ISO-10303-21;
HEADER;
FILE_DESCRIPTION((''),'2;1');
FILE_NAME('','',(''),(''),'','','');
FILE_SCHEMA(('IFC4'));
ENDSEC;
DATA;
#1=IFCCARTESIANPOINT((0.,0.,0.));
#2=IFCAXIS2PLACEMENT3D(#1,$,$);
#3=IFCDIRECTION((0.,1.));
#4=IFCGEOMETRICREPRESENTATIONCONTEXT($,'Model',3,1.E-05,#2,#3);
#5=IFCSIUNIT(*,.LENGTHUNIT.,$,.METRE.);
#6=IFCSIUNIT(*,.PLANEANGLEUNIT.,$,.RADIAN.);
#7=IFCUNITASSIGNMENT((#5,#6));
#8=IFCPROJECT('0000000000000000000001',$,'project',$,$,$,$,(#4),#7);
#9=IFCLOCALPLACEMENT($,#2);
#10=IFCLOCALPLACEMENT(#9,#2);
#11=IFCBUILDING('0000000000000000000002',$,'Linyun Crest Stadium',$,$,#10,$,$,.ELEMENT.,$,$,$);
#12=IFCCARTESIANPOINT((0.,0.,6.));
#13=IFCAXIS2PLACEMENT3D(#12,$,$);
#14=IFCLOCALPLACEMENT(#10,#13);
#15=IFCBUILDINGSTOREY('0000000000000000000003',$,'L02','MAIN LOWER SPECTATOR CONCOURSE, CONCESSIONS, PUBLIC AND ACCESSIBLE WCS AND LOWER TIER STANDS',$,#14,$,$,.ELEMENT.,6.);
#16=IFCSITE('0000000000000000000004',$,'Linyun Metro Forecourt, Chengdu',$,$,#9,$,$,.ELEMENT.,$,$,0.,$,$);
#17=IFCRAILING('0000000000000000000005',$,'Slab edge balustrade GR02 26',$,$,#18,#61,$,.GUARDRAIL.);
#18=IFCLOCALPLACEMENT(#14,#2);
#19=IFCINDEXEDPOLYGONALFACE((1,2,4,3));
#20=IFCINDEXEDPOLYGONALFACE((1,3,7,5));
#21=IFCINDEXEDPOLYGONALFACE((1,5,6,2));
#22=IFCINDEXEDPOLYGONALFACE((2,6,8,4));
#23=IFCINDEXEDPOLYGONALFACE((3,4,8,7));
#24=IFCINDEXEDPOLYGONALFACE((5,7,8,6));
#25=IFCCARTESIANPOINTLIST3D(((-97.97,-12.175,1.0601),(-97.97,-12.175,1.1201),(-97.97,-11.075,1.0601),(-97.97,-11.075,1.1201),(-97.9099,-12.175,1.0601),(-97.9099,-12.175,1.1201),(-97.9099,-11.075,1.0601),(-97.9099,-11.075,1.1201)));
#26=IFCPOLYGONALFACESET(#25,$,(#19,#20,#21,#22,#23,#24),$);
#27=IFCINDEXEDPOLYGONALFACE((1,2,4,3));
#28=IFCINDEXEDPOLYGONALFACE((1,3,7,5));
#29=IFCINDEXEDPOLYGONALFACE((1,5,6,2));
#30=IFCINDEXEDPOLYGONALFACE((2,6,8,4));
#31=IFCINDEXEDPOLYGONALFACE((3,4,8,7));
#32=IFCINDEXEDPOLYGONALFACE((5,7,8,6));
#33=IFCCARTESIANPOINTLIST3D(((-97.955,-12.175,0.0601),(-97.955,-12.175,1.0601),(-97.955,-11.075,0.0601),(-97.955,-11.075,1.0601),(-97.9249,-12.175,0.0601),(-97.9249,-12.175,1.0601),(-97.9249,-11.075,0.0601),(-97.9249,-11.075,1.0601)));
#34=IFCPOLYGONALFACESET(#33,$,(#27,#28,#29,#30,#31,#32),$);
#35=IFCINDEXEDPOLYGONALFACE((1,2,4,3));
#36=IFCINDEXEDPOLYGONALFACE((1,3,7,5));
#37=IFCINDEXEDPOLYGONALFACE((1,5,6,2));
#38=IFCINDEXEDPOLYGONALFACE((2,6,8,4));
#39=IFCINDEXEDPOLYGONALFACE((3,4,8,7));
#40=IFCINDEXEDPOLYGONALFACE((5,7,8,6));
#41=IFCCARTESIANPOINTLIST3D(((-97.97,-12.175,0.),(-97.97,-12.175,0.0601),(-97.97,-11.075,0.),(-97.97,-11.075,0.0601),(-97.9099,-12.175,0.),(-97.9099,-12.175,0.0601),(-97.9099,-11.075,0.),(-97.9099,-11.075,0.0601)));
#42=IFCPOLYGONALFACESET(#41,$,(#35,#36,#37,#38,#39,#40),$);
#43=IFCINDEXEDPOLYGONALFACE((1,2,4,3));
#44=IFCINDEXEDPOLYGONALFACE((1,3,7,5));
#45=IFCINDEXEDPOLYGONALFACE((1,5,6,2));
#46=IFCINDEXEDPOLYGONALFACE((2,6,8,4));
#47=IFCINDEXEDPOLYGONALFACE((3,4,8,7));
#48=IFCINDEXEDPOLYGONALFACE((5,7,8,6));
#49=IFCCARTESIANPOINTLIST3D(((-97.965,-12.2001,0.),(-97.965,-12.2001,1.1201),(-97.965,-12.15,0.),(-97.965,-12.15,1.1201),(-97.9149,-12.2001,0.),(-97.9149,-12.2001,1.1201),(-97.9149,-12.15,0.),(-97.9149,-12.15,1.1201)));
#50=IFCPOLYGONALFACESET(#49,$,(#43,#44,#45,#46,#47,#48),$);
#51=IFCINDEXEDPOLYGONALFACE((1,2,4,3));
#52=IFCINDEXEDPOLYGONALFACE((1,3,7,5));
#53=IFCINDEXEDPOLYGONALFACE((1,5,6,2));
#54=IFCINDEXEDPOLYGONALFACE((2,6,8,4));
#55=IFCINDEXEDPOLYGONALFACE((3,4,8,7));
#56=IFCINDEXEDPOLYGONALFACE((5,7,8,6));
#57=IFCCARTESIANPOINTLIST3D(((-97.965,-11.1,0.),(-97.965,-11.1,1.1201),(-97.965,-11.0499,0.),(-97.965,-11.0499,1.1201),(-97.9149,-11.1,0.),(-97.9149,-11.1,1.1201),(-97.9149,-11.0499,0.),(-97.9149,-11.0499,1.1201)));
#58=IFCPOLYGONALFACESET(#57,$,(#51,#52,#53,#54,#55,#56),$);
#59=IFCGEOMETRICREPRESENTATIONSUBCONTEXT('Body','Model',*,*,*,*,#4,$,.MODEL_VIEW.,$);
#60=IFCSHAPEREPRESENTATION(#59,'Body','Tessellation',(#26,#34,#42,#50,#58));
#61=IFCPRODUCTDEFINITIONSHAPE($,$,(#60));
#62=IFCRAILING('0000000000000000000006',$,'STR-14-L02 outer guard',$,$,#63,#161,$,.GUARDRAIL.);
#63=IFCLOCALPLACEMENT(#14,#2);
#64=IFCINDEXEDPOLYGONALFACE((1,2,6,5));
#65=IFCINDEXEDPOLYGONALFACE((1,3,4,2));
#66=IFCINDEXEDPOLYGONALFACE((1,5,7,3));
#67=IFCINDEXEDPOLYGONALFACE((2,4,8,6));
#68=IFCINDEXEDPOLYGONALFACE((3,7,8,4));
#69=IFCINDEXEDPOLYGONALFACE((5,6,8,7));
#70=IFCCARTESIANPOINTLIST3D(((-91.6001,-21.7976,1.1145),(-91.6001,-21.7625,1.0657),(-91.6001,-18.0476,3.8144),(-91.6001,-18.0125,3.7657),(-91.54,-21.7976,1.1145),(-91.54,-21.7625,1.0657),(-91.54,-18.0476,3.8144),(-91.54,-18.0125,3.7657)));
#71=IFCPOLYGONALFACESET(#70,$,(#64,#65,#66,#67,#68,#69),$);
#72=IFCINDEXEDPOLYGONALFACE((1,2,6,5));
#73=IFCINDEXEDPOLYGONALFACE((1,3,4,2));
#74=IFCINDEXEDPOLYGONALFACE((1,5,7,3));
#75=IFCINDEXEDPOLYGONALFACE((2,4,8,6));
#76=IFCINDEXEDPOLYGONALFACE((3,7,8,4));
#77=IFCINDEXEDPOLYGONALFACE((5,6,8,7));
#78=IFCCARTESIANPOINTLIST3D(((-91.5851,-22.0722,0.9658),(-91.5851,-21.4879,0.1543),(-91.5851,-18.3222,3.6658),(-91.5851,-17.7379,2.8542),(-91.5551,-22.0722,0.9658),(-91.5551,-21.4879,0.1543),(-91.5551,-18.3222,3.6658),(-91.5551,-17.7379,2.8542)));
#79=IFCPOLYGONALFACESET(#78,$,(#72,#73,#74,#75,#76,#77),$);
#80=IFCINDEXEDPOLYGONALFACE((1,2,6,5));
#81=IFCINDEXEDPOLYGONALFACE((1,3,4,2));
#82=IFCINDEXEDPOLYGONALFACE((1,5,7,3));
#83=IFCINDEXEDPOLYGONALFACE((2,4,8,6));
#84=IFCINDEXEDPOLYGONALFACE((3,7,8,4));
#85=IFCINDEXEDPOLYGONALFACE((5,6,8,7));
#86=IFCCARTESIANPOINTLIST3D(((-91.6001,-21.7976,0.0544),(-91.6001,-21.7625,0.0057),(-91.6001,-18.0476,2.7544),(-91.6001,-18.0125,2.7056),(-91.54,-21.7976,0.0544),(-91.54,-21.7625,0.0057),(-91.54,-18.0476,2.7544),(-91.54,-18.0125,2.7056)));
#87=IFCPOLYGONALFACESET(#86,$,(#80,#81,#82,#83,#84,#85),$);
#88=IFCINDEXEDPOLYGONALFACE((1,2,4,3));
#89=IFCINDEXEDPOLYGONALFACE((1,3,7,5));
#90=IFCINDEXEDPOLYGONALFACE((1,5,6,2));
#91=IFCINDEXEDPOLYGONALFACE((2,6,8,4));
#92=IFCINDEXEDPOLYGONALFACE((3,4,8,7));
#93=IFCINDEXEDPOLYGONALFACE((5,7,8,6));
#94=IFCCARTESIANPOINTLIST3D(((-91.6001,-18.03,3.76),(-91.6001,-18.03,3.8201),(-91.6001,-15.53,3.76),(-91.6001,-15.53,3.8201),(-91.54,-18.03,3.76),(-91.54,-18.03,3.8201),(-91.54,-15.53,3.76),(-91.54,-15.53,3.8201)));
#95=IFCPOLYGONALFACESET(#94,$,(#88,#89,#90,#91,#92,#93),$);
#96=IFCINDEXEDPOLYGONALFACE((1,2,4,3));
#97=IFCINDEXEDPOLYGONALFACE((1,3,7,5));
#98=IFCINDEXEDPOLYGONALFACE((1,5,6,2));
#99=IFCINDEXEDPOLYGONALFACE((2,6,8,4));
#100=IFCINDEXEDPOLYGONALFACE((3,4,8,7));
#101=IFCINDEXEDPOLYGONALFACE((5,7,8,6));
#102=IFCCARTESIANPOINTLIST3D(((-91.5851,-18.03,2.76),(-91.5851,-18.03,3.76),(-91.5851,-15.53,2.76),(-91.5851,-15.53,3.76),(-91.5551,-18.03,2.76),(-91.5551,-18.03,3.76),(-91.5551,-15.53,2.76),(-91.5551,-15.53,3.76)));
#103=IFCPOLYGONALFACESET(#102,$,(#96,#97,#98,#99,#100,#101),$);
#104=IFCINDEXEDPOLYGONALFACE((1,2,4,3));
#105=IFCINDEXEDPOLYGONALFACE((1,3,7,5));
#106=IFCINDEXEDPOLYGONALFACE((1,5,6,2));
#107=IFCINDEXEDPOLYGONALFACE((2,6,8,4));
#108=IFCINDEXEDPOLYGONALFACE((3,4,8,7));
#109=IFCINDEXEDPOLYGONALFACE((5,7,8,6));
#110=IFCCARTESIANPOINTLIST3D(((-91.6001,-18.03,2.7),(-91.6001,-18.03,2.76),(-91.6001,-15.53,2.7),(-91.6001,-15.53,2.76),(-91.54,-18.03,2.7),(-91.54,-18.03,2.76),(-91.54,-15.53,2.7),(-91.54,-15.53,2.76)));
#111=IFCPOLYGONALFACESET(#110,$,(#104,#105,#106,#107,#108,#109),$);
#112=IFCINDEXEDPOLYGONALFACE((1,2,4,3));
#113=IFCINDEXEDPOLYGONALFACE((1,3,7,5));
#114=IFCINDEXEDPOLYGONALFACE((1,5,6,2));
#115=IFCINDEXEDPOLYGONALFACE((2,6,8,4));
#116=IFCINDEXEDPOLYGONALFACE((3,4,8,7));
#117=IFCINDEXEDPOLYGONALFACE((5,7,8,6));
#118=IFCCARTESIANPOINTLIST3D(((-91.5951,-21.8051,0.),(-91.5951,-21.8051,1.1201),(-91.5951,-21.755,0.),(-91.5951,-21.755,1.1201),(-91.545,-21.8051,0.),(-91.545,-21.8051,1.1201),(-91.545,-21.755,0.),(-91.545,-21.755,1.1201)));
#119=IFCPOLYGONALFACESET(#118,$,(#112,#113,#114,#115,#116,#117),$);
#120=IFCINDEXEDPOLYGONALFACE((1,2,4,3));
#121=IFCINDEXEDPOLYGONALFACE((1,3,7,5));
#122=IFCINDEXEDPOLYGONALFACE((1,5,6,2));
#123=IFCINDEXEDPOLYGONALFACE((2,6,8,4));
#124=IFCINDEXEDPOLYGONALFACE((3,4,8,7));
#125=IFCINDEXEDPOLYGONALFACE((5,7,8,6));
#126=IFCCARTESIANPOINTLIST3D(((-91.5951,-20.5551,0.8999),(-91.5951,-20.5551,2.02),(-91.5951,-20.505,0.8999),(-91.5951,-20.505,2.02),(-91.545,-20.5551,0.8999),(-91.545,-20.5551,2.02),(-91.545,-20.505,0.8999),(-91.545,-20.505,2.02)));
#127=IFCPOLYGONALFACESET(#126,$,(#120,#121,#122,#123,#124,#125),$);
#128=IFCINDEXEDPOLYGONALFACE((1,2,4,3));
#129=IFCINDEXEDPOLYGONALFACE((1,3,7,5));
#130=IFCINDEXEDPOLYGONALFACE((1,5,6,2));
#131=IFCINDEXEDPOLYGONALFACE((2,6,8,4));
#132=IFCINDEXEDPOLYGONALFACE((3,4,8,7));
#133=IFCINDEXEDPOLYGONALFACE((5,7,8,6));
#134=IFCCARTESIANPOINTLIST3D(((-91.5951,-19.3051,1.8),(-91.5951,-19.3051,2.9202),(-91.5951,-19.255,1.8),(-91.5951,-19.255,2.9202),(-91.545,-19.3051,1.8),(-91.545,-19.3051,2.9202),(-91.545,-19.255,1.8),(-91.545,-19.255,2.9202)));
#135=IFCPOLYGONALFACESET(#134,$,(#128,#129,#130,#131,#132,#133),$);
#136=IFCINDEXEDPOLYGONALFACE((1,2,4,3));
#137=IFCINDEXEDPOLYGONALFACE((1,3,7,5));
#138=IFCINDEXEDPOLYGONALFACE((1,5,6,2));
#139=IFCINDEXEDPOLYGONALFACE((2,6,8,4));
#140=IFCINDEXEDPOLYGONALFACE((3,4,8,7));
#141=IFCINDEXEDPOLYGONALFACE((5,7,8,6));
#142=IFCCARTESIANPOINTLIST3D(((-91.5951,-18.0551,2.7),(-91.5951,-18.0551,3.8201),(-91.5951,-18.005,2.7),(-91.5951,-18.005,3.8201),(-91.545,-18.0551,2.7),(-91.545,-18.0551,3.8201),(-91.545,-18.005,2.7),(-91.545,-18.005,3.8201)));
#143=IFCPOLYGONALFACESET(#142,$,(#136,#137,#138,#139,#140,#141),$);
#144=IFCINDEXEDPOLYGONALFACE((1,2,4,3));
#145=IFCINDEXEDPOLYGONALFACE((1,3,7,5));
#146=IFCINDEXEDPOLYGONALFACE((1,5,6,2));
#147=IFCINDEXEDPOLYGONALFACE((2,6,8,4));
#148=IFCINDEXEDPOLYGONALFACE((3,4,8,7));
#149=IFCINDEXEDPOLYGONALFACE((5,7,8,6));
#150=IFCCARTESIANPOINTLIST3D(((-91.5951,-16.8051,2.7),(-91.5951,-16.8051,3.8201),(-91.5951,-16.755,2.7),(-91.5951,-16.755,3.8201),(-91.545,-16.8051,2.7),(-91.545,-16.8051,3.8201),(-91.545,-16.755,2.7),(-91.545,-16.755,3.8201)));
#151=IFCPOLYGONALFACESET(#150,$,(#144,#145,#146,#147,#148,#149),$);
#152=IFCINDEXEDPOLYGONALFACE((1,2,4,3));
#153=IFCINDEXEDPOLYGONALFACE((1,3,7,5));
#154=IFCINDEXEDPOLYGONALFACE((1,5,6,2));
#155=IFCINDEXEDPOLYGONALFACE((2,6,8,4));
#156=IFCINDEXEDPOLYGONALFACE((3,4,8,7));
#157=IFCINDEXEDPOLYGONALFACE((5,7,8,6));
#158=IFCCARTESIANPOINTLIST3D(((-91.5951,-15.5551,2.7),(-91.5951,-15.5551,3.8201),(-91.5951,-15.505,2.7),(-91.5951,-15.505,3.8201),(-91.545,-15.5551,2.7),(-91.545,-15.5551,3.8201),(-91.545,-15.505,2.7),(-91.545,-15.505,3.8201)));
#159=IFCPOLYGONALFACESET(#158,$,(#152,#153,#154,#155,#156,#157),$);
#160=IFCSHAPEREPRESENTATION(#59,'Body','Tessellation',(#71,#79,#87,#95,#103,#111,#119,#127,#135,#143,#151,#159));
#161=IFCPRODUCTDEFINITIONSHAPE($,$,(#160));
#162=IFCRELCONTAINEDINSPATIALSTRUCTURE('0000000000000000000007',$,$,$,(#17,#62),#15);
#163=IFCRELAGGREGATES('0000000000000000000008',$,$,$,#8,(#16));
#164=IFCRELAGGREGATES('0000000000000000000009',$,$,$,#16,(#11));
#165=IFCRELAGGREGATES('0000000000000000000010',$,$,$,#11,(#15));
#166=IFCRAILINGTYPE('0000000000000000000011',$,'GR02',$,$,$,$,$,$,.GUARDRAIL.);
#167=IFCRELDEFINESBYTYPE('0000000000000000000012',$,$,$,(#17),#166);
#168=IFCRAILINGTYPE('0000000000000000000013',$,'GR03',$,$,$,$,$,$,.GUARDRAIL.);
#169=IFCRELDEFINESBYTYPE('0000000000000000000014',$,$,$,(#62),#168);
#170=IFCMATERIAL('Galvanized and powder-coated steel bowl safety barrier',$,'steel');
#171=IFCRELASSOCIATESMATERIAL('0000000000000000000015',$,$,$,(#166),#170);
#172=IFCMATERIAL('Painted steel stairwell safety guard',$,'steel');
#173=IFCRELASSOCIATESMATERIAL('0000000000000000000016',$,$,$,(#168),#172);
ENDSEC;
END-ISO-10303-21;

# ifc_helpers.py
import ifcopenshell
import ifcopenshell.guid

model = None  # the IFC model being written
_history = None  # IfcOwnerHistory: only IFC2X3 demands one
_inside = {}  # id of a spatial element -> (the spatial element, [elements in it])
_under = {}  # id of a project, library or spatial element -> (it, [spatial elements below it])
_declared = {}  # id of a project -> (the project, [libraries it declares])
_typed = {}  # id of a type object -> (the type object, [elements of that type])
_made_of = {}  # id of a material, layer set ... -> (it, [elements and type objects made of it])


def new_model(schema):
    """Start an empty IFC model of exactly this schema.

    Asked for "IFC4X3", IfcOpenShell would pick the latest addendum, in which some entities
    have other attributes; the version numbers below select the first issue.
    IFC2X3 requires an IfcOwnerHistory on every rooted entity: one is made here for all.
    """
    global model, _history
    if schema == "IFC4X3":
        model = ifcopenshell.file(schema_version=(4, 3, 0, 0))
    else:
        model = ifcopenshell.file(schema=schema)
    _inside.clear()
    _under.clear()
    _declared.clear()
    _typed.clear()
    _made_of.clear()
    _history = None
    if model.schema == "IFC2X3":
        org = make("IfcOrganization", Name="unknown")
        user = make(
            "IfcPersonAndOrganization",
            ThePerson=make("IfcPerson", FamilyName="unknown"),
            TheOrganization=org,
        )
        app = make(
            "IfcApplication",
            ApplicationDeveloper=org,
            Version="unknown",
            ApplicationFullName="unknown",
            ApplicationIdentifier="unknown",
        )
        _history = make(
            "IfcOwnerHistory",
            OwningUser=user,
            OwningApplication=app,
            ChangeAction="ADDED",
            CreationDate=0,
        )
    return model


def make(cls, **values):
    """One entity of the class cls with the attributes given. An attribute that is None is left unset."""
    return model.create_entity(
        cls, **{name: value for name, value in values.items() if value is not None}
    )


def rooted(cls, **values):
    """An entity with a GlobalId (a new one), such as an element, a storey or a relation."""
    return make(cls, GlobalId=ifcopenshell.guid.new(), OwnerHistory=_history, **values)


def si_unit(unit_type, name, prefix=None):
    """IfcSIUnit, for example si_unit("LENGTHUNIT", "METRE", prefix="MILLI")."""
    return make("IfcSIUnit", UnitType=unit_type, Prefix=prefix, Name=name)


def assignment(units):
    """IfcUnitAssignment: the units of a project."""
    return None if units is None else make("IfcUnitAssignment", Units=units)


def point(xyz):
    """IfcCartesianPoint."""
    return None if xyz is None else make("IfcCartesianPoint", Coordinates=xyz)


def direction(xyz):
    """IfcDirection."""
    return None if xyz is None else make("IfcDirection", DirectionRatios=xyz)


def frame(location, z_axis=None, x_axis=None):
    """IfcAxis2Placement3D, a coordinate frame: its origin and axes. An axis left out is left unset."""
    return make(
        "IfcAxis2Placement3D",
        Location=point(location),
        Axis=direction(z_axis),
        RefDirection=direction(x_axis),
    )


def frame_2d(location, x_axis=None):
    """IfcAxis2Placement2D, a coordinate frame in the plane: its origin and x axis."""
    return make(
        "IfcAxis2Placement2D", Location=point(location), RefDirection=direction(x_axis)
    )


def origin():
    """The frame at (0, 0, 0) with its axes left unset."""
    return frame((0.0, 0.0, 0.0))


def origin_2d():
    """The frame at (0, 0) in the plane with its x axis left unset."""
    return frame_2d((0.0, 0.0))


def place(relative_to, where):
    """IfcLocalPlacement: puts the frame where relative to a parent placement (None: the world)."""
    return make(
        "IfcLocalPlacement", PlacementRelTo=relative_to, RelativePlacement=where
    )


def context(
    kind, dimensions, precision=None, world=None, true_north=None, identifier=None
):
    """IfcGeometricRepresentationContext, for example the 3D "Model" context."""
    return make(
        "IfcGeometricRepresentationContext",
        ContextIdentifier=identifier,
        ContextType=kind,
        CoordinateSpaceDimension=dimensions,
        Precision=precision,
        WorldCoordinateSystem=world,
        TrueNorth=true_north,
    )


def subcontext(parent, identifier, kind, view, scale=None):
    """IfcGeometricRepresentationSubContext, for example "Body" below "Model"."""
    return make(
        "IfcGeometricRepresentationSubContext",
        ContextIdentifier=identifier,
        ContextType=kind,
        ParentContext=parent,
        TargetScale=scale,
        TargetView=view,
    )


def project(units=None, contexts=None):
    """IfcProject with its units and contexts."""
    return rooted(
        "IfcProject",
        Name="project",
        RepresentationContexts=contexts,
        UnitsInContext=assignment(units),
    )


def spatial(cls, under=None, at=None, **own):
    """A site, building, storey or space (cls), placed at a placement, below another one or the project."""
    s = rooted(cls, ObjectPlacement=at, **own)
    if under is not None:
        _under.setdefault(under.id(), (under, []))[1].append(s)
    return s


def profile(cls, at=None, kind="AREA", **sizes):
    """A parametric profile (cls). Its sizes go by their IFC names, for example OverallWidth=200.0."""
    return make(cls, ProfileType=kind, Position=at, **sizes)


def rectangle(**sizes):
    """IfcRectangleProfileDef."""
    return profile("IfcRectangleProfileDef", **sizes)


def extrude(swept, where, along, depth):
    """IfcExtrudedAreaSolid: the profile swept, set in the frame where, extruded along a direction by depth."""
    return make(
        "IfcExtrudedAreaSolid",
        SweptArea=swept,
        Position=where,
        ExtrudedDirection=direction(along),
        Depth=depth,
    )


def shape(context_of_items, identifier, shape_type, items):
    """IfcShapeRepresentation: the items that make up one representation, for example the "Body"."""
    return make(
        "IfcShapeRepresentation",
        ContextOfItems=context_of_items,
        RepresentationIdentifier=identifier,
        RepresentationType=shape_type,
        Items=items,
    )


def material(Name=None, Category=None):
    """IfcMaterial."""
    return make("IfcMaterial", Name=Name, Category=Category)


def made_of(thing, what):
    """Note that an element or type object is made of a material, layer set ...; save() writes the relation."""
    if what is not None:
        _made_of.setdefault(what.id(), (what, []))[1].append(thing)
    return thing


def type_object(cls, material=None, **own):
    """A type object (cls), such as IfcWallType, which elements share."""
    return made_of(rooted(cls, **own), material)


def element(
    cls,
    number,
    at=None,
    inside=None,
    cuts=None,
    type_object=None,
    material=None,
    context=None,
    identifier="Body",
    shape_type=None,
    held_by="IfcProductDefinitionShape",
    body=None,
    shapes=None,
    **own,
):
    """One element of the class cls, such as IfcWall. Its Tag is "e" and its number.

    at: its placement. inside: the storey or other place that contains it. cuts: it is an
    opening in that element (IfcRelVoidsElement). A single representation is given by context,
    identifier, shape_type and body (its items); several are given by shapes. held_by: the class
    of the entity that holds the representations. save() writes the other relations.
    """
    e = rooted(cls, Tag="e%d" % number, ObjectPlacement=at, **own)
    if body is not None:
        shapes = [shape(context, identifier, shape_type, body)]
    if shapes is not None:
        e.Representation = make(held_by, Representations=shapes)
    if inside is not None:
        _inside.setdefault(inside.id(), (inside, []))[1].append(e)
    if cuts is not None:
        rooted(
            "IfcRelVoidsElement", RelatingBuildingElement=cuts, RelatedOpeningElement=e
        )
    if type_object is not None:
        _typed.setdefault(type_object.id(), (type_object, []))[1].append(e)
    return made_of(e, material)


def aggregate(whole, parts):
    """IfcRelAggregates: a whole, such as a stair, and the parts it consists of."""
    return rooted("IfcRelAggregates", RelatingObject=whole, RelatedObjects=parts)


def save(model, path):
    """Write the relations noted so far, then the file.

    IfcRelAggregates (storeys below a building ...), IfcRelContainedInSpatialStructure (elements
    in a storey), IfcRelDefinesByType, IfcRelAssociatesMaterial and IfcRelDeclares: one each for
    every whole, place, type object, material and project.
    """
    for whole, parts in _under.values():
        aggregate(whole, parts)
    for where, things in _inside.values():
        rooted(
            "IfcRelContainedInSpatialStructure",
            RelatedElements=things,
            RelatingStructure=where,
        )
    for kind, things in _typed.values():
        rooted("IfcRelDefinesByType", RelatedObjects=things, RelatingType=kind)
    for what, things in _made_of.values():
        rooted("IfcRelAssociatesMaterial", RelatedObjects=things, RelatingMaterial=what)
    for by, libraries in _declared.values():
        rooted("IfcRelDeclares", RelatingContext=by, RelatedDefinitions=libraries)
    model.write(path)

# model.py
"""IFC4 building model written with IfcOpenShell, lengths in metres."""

from ifc_helpers import new_model, si_unit, direction, frame, origin, origin_2d, place, context, subcontext, project, spatial, rectangle, extrude, material, type_object, element, save


model = new_model("IFC4")

# Units and contexts
model_context = context("Model", 3, precision=1e-05, world=origin(), true_north=direction((0.0, 1.0)))
body_context = subcontext(model_context, "Body", "Model", "MODEL_VIEW")
ifc_project = project(units=[si_unit("LENGTHUNIT", "METRE"), si_unit("PLANEANGLEUNIT", "RADIAN")], contexts=[model_context])

# Site, building, storey
site_placement = place(None, origin())
site = spatial("IfcSite", under=ifc_project, at=site_placement, Name="Linyun Metro Forecourt, Chengdu", CompositionType="ELEMENT", RefElevation=0.0)
building_placement = place(site_placement, origin())
building = spatial("IfcBuilding", under=site, at=building_placement, Name="Linyun Crest Stadium", CompositionType="ELEMENT")
storey_placement = place(building_placement, frame((0.0, 0.0, 6.0)))
storey = spatial("IfcBuildingStorey", under=building, at=storey_placement, Name="L02", Description="MAIN LOWER SPECTATOR CONCOURSE, CONCESSIONS, PUBLIC AND ACCESSIBLE WCS AND LOWER TIER STANDS", CompositionType="ELEMENT", Elevation=6.0)

# Railings
ifc_material_1 = material(Name="Galvanized and powder-coated steel bowl safety barrier", Category="steel")
railing_type_1 = type_object("IfcRailingType", Name="GR02", PredefinedType="GUARDRAIL", material=ifc_material_1)
railing_1_placement = place(storey_placement, frame((-97.9399, -12.175, 0.0)))
element("IfcRailing", 1, at=railing_1_placement, inside=storey, type_object=railing_type_1, Name="Slab edge balustrade GR02 26", PredefinedType="GUARDRAIL", context=body_context, shape_type="SweptSolid", body=[
    extrude(rectangle(XDim=0.0601, YDim=0.0601, at=origin_2d()), frame((0.0, 0.0, 1.0901), z_axis=(0.0, 1.0, 0.0), x_axis=(-1.0, 0.0, 0.0)), (0.0, 0.0, 1.0), 1.1001),
    extrude(rectangle(XDim=0.03, YDim=1.0, at=origin_2d()), frame((0.0, 0.0, 0.5601), z_axis=(0.0, 1.0, 0.0), x_axis=(-1.0, 0.0, 0.0)), (0.0, 0.0, 1.0), 1.1001),
    extrude(rectangle(XDim=0.0601, YDim=0.0601, at=origin_2d()), frame((0.0, 0.0, 0.03), z_axis=(0.0, 1.0, 0.0), x_axis=(-1.0, 0.0, 0.0)), (0.0, 0.0, 1.0), 1.1001),
    extrude(rectangle(XDim=0.05, YDim=0.05, at=origin_2d()), origin(), (0.0, 0.0, 1.0), 1.1201),
    extrude(rectangle(XDim=0.05, YDim=0.05, at=origin_2d()), frame((0.0, 1.1001, 0.0)), (0.0, 0.0, 1.0), 1.1201),
])
ifc_material_2 = material(Name="Painted steel stairwell safety guard", Category="steel")
railing_type_2 = type_object("IfcRailingType", Name="GR03", PredefinedType="GUARDRAIL", material=ifc_material_2)
railing_2_placement = place(storey_placement, frame((-91.5701, -21.78, 0.0)))
element("IfcRailing", 2, at=railing_2_placement, inside=storey, type_object=railing_type_2, Name="STR-14-L02 outer guard", PredefinedType="GUARDRAIL", context=body_context, shape_type="SweptSolid", body=[
    extrude(rectangle(XDim=0.0601, YDim=0.0601, at=origin_2d()), frame((0.0, 0.0, 1.0901), z_axis=(0.0, 0.811539, 0.584298), x_axis=(-1.0, 0.0, 0.0)), (0.0, 0.0, 1.0), 4.6208),
    extrude(rectangle(XDim=0.03, YDim=1.0, at=origin_2d()), frame((0.0, 0.0, 0.5601), z_axis=(0.0, 0.811539, 0.584298), x_axis=(-1.0, 0.0, 0.0)), (0.0, 0.0, 1.0), 4.6208),
    extrude(rectangle(XDim=0.0601, YDim=0.0601, at=origin_2d()), frame((0.0, 0.0, 0.03), z_axis=(0.0, 0.811539, 0.584298), x_axis=(-1.0, 0.0, 0.0)), (0.0, 0.0, 1.0), 4.6208),
    extrude(rectangle(XDim=0.0601, YDim=0.0601, at=origin_2d()), frame((0.0, 3.75, 3.79), z_axis=(0.0, 1.0, 0.0), x_axis=(-1.0, 0.0, 0.0)), (0.0, 0.0, 1.0), 2.5),
    extrude(rectangle(XDim=0.03, YDim=1.0, at=origin_2d()), frame((0.0, 3.75, 3.26), z_axis=(0.0, 1.0, 0.0), x_axis=(-1.0, 0.0, 0.0)), (0.0, 0.0, 1.0), 2.5),
    extrude(rectangle(XDim=0.0601, YDim=0.0601, at=origin_2d()), frame((0.0, 3.75, 2.73), z_axis=(0.0, 1.0, 0.0), x_axis=(-1.0, 0.0, 0.0)), (0.0, 0.0, 1.0), 2.5),
    extrude(rectangle(XDim=0.05, YDim=0.05, at=origin_2d()), origin(), (0.0, 0.0, 1.0), 1.1201),
    extrude(rectangle(XDim=0.05, YDim=0.05, at=origin_2d()), frame((0.0, 1.25, 0.8999)), (0.0, 0.0, 1.0), 1.1201),
    extrude(rectangle(XDim=0.05, YDim=0.05, at=origin_2d()), frame((0.0, 2.5, 1.8)), (0.0, 0.0, 1.0), 1.1201),
    extrude(rectangle(XDim=0.05, YDim=0.05, at=origin_2d()), frame((0.0, 3.75, 2.7)), (0.0, 0.0, 1.0), 1.1201),
    extrude(rectangle(XDim=0.05, YDim=0.05, at=origin_2d()), frame((0.0, 5.0, 2.7)), (0.0, 0.0, 1.0), 1.1201),
    extrude(rectangle(XDim=0.05, YDim=0.05, at=origin_2d()), frame((0.0, 6.25, 2.7)), (0.0, 0.0, 1.0), 1.1201),
])

save(model, "model.ifc")
